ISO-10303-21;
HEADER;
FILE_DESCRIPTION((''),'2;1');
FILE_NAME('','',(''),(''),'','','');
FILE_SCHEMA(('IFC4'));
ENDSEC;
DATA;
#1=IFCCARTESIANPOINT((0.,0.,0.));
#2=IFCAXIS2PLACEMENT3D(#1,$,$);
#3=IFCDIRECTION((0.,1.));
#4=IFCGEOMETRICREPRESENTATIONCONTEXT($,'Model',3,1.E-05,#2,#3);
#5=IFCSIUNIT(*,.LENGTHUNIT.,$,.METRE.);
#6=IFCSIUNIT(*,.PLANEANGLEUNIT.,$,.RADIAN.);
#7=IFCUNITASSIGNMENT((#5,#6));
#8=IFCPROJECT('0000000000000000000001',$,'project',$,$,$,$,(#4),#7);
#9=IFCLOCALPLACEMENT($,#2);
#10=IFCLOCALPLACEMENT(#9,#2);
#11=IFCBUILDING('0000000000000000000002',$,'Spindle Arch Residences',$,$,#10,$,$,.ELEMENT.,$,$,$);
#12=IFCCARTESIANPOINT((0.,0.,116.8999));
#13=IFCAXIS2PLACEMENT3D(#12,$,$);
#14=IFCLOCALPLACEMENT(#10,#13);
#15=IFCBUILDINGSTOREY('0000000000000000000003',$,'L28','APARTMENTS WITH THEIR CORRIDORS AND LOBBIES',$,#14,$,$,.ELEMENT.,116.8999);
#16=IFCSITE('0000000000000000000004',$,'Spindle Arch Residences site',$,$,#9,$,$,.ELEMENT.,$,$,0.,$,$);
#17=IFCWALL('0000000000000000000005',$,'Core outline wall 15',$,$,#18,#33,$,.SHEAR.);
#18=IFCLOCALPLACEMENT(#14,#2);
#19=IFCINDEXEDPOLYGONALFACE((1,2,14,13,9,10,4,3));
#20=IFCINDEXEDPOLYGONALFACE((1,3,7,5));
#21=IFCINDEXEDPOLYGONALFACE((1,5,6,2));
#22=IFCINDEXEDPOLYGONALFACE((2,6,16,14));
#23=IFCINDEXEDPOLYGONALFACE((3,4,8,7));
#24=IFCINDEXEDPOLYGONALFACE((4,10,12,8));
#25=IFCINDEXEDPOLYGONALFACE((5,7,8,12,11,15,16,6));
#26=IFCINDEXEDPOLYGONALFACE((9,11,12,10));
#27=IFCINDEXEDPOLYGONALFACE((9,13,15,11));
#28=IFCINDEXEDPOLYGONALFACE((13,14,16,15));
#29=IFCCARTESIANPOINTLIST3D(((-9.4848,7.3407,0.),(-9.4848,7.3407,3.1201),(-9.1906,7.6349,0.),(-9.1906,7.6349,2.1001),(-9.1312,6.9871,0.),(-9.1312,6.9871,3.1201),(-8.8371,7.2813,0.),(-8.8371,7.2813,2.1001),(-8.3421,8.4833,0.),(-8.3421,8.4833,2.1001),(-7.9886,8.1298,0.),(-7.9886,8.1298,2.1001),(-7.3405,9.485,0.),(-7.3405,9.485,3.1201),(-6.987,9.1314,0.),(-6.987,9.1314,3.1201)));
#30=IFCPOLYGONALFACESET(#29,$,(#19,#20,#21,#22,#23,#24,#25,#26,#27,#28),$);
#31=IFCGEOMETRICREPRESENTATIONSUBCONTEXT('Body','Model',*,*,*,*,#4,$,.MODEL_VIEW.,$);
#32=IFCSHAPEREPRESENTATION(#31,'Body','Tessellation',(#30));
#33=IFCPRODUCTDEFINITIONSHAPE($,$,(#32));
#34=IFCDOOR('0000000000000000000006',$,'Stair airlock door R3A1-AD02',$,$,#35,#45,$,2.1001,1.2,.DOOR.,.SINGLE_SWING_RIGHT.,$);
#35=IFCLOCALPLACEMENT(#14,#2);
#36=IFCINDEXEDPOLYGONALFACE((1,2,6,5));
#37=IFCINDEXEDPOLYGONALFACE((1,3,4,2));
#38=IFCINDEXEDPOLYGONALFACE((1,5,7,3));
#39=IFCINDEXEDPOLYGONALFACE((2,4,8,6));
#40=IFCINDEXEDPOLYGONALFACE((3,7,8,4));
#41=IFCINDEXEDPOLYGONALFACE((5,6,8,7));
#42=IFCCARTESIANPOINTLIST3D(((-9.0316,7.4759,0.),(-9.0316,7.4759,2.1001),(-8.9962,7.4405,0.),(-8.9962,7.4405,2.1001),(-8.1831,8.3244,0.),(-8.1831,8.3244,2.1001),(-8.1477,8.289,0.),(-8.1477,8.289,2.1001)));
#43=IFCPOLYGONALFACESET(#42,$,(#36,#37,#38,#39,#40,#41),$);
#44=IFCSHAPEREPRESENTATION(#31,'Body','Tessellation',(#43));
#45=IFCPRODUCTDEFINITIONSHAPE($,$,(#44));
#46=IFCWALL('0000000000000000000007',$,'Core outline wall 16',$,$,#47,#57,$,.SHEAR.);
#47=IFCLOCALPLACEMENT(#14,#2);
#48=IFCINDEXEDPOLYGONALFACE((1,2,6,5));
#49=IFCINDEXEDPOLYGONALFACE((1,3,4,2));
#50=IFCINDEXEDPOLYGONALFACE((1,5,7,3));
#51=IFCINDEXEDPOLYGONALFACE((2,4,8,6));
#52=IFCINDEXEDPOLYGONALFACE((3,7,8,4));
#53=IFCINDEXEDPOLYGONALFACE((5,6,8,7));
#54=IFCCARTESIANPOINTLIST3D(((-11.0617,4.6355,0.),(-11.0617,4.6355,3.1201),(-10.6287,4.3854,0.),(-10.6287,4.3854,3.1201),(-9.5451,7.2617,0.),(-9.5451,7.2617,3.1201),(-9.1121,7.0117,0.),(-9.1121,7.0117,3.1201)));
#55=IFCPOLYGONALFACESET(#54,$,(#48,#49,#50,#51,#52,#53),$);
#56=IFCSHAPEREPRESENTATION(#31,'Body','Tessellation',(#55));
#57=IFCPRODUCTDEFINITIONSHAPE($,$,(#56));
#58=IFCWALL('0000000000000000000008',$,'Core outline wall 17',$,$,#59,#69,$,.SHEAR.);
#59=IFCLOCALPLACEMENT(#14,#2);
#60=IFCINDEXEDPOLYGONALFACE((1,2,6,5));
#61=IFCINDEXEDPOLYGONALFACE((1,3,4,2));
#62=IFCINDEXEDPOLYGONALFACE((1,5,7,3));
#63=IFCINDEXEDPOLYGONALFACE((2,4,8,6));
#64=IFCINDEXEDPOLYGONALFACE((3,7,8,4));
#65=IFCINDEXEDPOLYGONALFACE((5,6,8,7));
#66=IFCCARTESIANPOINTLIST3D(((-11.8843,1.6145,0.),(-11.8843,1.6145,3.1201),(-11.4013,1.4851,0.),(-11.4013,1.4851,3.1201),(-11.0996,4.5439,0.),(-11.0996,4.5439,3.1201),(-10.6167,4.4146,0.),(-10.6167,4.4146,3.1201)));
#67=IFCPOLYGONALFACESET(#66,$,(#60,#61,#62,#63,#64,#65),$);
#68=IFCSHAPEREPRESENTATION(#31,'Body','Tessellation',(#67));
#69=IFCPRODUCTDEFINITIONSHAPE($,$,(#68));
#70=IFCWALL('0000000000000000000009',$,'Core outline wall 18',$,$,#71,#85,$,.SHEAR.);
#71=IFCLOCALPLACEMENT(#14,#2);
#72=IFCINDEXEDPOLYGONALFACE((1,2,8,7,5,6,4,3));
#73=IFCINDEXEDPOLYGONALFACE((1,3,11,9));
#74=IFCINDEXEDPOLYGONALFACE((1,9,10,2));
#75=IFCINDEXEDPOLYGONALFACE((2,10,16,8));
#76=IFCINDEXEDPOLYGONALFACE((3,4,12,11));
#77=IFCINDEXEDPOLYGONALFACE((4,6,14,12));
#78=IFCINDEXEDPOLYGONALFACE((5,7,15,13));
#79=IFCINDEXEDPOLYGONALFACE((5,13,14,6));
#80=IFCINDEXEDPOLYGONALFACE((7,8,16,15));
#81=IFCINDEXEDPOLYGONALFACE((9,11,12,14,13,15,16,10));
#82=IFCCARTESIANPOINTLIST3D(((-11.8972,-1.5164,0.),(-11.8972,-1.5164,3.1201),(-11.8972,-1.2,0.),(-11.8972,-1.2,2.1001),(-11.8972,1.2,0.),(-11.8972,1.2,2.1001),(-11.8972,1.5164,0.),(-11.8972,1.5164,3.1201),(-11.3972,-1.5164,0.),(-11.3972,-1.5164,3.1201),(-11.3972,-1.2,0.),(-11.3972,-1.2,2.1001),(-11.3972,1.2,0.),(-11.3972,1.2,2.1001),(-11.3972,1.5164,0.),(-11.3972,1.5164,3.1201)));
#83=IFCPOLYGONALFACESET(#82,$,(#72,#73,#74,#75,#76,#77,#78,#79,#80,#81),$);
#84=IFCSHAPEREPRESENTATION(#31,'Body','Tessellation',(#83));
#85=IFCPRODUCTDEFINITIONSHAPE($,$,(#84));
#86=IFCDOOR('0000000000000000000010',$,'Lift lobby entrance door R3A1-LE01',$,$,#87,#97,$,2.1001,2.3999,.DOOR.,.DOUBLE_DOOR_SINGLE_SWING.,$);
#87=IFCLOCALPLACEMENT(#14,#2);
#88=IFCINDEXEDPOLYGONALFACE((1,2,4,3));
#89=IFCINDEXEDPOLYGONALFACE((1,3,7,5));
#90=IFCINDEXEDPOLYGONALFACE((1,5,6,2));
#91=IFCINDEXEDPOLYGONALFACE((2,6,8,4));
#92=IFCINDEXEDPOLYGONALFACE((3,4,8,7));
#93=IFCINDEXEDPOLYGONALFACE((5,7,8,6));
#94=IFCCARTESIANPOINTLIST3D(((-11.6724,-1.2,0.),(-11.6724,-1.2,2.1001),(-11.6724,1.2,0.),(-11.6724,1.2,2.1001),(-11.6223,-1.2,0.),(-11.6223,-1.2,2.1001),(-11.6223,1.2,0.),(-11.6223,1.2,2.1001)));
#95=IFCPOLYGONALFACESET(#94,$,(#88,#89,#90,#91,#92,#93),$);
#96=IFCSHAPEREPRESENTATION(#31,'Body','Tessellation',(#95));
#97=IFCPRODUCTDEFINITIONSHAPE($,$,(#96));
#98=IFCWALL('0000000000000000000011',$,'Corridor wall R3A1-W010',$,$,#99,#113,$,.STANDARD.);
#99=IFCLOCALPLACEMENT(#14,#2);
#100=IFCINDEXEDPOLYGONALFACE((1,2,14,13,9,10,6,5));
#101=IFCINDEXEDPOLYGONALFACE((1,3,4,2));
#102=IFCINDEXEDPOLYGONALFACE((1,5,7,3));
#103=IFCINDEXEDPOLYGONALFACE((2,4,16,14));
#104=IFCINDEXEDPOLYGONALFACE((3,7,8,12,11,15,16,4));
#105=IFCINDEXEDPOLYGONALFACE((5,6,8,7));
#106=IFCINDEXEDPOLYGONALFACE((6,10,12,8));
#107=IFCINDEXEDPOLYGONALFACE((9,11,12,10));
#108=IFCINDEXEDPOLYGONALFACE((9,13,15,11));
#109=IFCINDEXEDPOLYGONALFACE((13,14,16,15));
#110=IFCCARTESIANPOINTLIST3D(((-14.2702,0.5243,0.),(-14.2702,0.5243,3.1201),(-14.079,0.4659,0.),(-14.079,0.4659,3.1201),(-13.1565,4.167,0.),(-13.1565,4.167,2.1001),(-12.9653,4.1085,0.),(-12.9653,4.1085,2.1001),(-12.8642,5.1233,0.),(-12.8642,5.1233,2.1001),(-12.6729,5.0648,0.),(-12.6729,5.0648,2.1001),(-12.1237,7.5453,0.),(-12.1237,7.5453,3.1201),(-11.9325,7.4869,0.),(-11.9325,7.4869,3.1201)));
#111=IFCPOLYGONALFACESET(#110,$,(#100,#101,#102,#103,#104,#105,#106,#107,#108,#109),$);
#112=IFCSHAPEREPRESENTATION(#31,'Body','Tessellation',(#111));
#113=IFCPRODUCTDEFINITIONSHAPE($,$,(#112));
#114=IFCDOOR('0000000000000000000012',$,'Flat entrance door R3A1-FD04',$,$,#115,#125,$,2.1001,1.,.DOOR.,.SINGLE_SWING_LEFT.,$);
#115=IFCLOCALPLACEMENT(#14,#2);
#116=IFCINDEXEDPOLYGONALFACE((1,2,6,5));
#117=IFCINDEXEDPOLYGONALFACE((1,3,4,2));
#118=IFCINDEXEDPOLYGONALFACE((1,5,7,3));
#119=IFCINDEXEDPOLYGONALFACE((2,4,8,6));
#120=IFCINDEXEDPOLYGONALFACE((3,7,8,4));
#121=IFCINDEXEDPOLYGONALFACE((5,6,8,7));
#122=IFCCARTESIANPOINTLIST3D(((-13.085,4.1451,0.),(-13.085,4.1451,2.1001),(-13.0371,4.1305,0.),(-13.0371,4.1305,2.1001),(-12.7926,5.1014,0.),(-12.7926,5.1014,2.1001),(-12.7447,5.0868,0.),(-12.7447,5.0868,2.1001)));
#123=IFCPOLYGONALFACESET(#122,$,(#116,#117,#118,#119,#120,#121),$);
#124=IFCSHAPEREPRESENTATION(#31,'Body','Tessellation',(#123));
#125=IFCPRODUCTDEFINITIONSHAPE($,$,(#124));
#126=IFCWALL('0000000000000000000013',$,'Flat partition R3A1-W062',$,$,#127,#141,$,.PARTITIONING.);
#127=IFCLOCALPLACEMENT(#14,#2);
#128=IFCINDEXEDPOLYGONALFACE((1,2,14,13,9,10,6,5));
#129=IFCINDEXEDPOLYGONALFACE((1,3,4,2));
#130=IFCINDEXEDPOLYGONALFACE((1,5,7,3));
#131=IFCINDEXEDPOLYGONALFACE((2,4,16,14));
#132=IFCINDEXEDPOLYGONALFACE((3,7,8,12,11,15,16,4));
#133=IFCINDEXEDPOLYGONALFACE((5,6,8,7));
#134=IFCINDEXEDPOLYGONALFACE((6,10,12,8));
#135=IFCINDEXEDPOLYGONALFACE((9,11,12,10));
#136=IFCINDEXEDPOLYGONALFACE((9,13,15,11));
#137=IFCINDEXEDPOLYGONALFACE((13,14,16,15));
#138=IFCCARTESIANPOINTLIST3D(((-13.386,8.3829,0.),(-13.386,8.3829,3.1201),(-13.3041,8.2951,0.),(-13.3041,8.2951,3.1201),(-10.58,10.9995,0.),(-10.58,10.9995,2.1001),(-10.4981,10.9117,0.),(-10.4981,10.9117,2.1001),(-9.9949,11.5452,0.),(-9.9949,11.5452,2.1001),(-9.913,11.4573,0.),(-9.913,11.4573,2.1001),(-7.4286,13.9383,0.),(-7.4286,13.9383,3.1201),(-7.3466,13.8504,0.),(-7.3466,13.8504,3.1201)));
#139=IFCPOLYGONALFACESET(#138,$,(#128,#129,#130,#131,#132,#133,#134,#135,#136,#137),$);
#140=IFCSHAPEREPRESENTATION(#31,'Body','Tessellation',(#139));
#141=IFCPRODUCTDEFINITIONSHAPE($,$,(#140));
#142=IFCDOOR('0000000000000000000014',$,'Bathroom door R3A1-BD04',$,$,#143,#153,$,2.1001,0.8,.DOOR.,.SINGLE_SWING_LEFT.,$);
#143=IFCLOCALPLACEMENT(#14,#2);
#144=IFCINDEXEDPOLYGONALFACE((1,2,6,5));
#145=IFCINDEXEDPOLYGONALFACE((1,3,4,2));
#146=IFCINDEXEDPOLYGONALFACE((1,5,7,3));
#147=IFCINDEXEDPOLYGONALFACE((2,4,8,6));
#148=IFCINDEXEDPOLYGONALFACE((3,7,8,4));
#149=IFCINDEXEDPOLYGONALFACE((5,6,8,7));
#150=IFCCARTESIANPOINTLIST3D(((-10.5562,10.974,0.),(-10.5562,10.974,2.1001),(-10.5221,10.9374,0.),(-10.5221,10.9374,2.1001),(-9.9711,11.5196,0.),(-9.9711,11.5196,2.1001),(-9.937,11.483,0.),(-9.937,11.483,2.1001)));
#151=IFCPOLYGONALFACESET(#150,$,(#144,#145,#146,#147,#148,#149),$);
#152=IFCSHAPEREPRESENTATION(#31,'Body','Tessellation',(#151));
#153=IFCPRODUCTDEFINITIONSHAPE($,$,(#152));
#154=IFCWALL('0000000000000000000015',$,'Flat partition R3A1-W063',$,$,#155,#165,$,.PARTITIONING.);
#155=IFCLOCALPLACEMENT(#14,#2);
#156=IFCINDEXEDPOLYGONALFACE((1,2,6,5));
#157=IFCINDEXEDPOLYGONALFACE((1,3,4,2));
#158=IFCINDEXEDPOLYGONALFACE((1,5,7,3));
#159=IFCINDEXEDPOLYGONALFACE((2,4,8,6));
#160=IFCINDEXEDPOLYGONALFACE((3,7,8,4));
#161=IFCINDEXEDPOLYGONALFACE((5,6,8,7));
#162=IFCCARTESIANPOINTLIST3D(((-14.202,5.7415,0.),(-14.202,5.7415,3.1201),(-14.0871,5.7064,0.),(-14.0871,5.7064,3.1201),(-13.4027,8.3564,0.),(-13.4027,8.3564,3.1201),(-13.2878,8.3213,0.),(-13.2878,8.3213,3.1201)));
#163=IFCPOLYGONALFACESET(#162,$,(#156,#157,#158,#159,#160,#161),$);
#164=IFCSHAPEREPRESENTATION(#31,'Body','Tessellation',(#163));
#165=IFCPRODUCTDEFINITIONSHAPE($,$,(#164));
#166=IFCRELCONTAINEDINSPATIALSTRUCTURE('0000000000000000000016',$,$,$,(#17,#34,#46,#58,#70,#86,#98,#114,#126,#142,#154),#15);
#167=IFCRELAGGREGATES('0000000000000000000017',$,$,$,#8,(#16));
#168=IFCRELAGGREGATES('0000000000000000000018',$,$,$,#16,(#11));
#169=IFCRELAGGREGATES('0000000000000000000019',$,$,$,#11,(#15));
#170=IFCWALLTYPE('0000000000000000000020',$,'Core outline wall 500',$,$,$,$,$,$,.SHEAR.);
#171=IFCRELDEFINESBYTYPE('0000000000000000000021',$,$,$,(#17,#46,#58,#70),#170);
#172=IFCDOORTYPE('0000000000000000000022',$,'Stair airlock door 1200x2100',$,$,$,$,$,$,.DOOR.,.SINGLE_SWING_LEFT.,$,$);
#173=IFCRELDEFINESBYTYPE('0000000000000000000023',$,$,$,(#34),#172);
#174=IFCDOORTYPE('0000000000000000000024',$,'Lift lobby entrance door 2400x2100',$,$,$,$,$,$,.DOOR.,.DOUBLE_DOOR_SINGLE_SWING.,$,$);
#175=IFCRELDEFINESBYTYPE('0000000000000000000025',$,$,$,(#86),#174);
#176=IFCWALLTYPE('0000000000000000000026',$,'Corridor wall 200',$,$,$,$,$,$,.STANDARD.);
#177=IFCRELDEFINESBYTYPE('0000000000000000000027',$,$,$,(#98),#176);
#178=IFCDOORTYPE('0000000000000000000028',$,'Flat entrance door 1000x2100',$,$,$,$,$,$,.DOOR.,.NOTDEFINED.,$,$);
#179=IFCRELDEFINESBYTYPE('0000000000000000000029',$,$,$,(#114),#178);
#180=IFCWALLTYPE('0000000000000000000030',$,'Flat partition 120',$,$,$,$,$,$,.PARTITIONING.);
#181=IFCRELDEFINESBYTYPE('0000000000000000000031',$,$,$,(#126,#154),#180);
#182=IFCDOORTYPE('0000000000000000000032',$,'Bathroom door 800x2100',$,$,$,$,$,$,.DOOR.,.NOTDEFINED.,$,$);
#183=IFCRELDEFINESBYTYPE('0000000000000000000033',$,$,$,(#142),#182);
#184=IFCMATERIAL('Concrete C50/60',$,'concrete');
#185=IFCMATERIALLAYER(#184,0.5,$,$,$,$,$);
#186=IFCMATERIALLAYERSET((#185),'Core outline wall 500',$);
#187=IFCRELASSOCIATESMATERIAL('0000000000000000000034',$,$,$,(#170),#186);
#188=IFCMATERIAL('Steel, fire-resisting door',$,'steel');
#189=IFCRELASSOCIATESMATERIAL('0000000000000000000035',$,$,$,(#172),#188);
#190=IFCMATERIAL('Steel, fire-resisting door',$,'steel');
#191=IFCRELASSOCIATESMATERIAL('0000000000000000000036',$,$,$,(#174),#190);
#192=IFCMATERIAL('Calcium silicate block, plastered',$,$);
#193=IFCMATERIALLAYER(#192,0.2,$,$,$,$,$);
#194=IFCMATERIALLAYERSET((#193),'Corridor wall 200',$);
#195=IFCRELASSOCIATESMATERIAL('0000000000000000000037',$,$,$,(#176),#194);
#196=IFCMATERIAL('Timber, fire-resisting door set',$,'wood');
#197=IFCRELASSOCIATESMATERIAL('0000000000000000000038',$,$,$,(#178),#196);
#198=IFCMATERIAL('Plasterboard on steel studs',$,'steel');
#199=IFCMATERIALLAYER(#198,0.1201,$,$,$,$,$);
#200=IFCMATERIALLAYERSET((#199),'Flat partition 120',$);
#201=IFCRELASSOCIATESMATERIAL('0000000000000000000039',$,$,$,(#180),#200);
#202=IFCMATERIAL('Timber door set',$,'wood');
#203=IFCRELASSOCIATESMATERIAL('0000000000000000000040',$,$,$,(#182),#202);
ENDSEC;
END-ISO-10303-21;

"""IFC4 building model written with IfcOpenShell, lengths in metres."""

from ifc_helpers import new_model, si_unit, direction, frame, frame_2d, origin, place, context, subcontext, project, spatial, rectangle, extrude, material, layer, layer_set, type_object, element, fill, save


model = new_model("IFC4")

# Units and contexts
model_context = context("Model", 3, precision=1e-05, world=origin(), true_north=direction((0.0, 1.0)))
body_context = subcontext(model_context, "Body", "Model", "MODEL_VIEW")
ifc_project = project(units=[si_unit("LENGTHUNIT", "METRE"), si_unit("PLANEANGLEUNIT", "RADIAN")], contexts=[model_context])

# Site, building, storey
site_placement = place(None, origin())
site = spatial("IfcSite", under=ifc_project, at=site_placement, Name="Spindle Arch Residences site", CompositionType="ELEMENT", RefElevation=0.0)
building_placement = place(site_placement, origin())
building = spatial("IfcBuilding", under=site, at=building_placement, Name="Spindle Arch Residences", CompositionType="ELEMENT")
storey_placement = place(building_placement, frame((0.0, 0.0, 116.8999)))
storey = spatial("IfcBuildingStorey", under=building, at=storey_placement, Name="L28", Description="APARTMENTS WITH THEIR CORRIDORS AND LOBBIES", CompositionType="ELEMENT", Elevation=116.8999)

# Wall, opening, door
ifc_material_1 = material(Name="Concrete C50/60", Category="concrete")
ifc_layer_1 = layer(ifc_material_1, 0.5)
ifc_layer_set_1 = layer_set([ifc_layer_1], Name="Core outline wall 500")
wall_type_1 = type_object("IfcWallType", Name="Core outline wall 500", PredefinedType="SHEAR", material=ifc_layer_set_1)
wall_1_placement = place(storey_placement, frame((-7.1638, 9.3081, 0.0), z_axis=(0.0, 0.0, 1.0), x_axis=(-0.707107, -0.707107, 0.0)))
wall_1 = element("IfcWall", 1, at=wall_1_placement, inside=storey, type_object=wall_type_1, Name="Core outline wall 15", PredefinedType="SHEAR", context=body_context, shape_type="SweptSolid", body=[
    extrude(rectangle(XDim=3.0325, YDim=0.5, at=frame_2d((1.5161, 0.0))), origin(), (0.0, 0.0, 1.0), 3.1201),
])
opening_1_placement = place(wall_1_placement, frame((1.4163, 0.0, 0.0)))
opening_1 = element("IfcOpeningElement", 2, at=opening_1_placement, cuts=wall_1, PredefinedType="OPENING", context=body_context, shape_type="SweptSolid", body=[
    extrude(rectangle(XDim=1.2, YDim=2.1001, at=frame_2d((0.6001, 1.05))), frame((0.0, 0.26, 0.0), z_axis=(0.0, -1.0, 0.0), x_axis=(1.0, 0.0, 0.0)), (0.0, 0.0, 1.0), 0.52),
])
ifc_material_2 = material(Name="Steel, fire-resisting door", Category="steel")
door_type_1 = type_object("IfcDoorType", Name="Stair airlock door 1200x2100", OperationType="SINGLE_SWING_LEFT", PredefinedType="DOOR", material=ifc_material_2)
door_1_placement = place(opening_1_placement, origin())
door_1 = element("IfcDoor", 3, at=door_1_placement, inside=storey, type_object=door_type_1, Name="Stair airlock door R3A1-AD02", OperationType="SINGLE_SWING_RIGHT", OverallHeight=2.1001, OverallWidth=1.2, PredefinedType="DOOR", context=body_context, shape_type="SweptSolid", body=[
    extrude(rectangle(XDim=1.2, YDim=2.1001, at=frame_2d((0.6001, 1.05))), frame((0.0, 0.0249, 0.0), z_axis=(0.0, -1.0, 0.0), x_axis=(1.0, 0.0, 0.0)), (0.0, 0.0, 1.0), 0.05),
])
fill(opening_1, door_1)

# Walls
for number, where, z_axis, x_axis, name in (
    (4, (-9.3286, 7.1367, 0.0), (0.0, 0.0, 1.0), (-0.500087, -0.865975, 0.0), "Core outline wall 16"),
    (5, (-10.8582, 4.4792, 0.0), (0.0, 0.0, 1.0), (-0.258735, -0.965948, 0.0), "Core outline wall 17"),
):
    element("IfcWall", number, at=place(storey_placement, frame(where, z_axis=z_axis, x_axis=x_axis)), inside=storey, type_object=wall_type_1, Name=name, PredefinedType="SHEAR", context=body_context, shape_type="SweptSolid", body=[
        extrude(rectangle(XDim=3.0327, YDim=0.5, at=frame_2d((1.5164, 0.0))), origin(), (0.0, 0.0, 1.0), 3.1201),
    ])

# Walls, openings, doors
wall_2_placement = place(storey_placement, frame((-11.6472, 1.5164, 0.0), z_axis=(0.0, 0.0, 1.0), x_axis=(0.0, -1.0, 0.0)))
wall_2 = element("IfcWall", 6, at=wall_2_placement, inside=storey, type_object=wall_type_1, Name="Core outline wall 18", PredefinedType="SHEAR", context=body_context, shape_type="SweptSolid", body=[
    extrude(rectangle(XDim=3.0327, YDim=0.5, at=frame_2d((1.5164, 0.0))), origin(), (0.0, 0.0, 1.0), 3.1201),
])
opening_2_placement = place(wall_2_placement, frame((0.3164, 0.0, 0.0)))
opening_2 = element("IfcOpeningElement", 7, at=opening_2_placement, cuts=wall_2, PredefinedType="OPENING", context=body_context, shape_type="SweptSolid", body=[
    extrude(rectangle(XDim=2.3999, YDim=2.1001, at=frame_2d((1.2, 1.05))), frame((0.0, 0.26, 0.0), z_axis=(0.0, -1.0, 0.0), x_axis=(1.0, 0.0, 0.0)), (0.0, 0.0, 1.0), 0.52),
])
ifc_material_3 = material(Name="Steel, fire-resisting door", Category="steel")
door_type_2 = type_object("IfcDoorType", Name="Lift lobby entrance door 2400x2100", OperationType="DOUBLE_DOOR_SINGLE_SWING", PredefinedType="DOOR", material=ifc_material_3)
door_2_placement = place(opening_2_placement, origin())
door_2 = element("IfcDoor", 8, at=door_2_placement, inside=storey, type_object=door_type_2, Name="Lift lobby entrance door R3A1-LE01", OperationType="DOUBLE_DOOR_SINGLE_SWING", OverallHeight=2.1001, OverallWidth=2.3999, PredefinedType="DOOR", context=body_context, shape_type="SweptSolid", body=[
    extrude(rectangle(XDim=2.3999, YDim=2.1001, at=frame_2d((1.2, 1.05))), frame((0.0, 0.0249, 0.0), z_axis=(0.0, -1.0, 0.0), x_axis=(1.0, 0.0, 0.0)), (0.0, 0.0, 1.0), 0.05),
])
fill(opening_2, door_2)
ifc_material_4 = material(Name="Calcium silicate block, plastered")
ifc_layer_2 = layer(ifc_material_4, 0.2)
ifc_layer_set_2 = layer_set([ifc_layer_2], Name="Corridor wall 200")
wall_type_2 = type_object("IfcWallType", Name="Corridor wall 200", PredefinedType="STANDARD", material=ifc_layer_set_2)
wall_3_placement = place(storey_placement, frame((-12.0281, 7.5161, 0.0), z_axis=(0.0, 0.0, 1.0), x_axis=(-0.292366, -0.956307, 0.0)))
wall_3 = element("IfcWall", 9, at=wall_3_placement, inside=storey, type_object=wall_type_2, Name="Corridor wall R3A1-W010", PredefinedType="STANDARD", context=body_context, shape_type="SweptSolid", body=[
    extrude(rectangle(XDim=7.3418, YDim=0.2, at=frame_2d((3.6709, 0.0))), origin(), (0.0, 0.0, 1.0), 3.1201),
])
opening_3_placement = place(wall_3_placement, frame((2.5327, 0.0, 0.0)))
opening_3 = element("IfcOpeningElement", 10, at=opening_3_placement, cuts=wall_3, PredefinedType="OPENING", context=body_context, shape_type="SweptSolid", body=[
    extrude(rectangle(XDim=1.0, YDim=2.1001, at=frame_2d((0.5, 1.05))), frame((0.0, 0.1099, 0.0), z_axis=(0.0, -1.0, 0.0), x_axis=(1.0, 0.0, 0.0)), (0.0, 0.0, 1.0), 0.22),
])
ifc_material_5 = material(Name="Timber, fire-resisting door set", Category="wood")
door_type_3 = type_object("IfcDoorType", Name="Flat entrance door 1000x2100", OperationType="NOTDEFINED", PredefinedType="DOOR", material=ifc_material_5)
door_3_placement = place(opening_3_placement, origin())
door_3 = element("IfcDoor", 11, at=door_3_placement, inside=storey, type_object=door_type_3, Name="Flat entrance door R3A1-FD04", OperationType="SINGLE_SWING_LEFT", OverallHeight=2.1001, OverallWidth=1.0, PredefinedType="DOOR", context=body_context, shape_type="SweptSolid", body=[
    extrude(rectangle(XDim=1.0, YDim=2.1001, at=frame_2d((0.5, 1.05))), frame((0.0, 0.0249, 0.0), z_axis=(0.0, -1.0, 0.0), x_axis=(1.0, 0.0, 0.0)), (0.0, 0.0, 1.0), 0.05),
])
fill(opening_3, door_3)
ifc_material_6 = material(Name="Plasterboard on steel studs", Category="steel")
ifc_layer_3 = layer(ifc_material_6, 0.1201)
ifc_layer_set_3 = layer_set([ifc_layer_3], Name="Flat partition 120")
wall_type_3 = type_object("IfcWallType", Name="Flat partition 120", PredefinedType="PARTITIONING", material=ifc_layer_set_3)
wall_4_placement = place(storey_placement, frame((-7.3877, 13.8943, 0.0), z_axis=(0.0, 0.0, 1.0), x_axis=(-0.731357, -0.681995, 0.0)))
wall_4 = element("IfcWall", 12, at=wall_4_placement, inside=storey, type_object=wall_type_3, Name="Flat partition R3A1-W062", PredefinedType="PARTITIONING", context=body_context, shape_type="SweptSolid", body=[
    extrude(rectangle(XDim=8.1458, YDim=0.1201, at=frame_2d((4.0728, 0.0))), origin(), (0.0, 0.0, 1.0), 3.1201),
])
opening_4_placement = place(wall_4_placement, frame((3.509, 0.0, 0.0)))
opening_4 = element("IfcOpeningElement", 13, at=opening_4_placement, cuts=wall_4, PredefinedType="OPENING", context=body_context, shape_type="SweptSolid", body=[
    extrude(rectangle(XDim=0.8, YDim=2.1001, at=frame_2d((0.3999, 1.05))), frame((0.0, 0.0701, 0.0), z_axis=(0.0, -1.0, 0.0), x_axis=(1.0, 0.0, 0.0)), (0.0, 0.0, 1.0), 0.1401),
])
ifc_material_7 = material(Name="Timber door set", Category="wood")
door_type_4 = type_object("IfcDoorType", Name="Bathroom door 800x2100", OperationType="NOTDEFINED", PredefinedType="DOOR", material=ifc_material_7)
door_4_placement = place(opening_4_placement, origin())
door_4 = element("IfcDoor", 14, at=door_4_placement, inside=storey, type_object=door_type_4, Name="Bathroom door R3A1-BD04", OperationType="SINGLE_SWING_LEFT", OverallHeight=2.1001, OverallWidth=0.8, PredefinedType="DOOR", context=body_context, shape_type="SweptSolid", body=[
    extrude(rectangle(XDim=0.8, YDim=2.1001, at=frame_2d((0.3999, 1.05))), frame((0.0, 0.0249, 0.0), z_axis=(0.0, -1.0, 0.0), x_axis=(1.0, 0.0, 0.0)), (0.0, 0.0, 1.0), 0.05),
])
fill(opening_4, door_4)

# Wall
wall_5_placement = place(storey_placement, frame((-13.3452, 8.3389, 0.0), z_axis=(0.0, 0.0, 1.0), x_axis=(-0.292316, -0.956322, 0.0)))
element("IfcWall", 15, at=wall_5_placement, inside=storey, type_object=wall_type_3, Name="Flat partition R3A1-W063", PredefinedType="PARTITIONING", context=body_context, shape_type="SweptSolid", body=[
    extrude(rectangle(XDim=2.7344, YDim=0.1201, at=frame_2d((1.3672, 0.0))), origin(), (0.0, 0.0, 1.0), 3.1201),
])

save(model, "model.ifc")
